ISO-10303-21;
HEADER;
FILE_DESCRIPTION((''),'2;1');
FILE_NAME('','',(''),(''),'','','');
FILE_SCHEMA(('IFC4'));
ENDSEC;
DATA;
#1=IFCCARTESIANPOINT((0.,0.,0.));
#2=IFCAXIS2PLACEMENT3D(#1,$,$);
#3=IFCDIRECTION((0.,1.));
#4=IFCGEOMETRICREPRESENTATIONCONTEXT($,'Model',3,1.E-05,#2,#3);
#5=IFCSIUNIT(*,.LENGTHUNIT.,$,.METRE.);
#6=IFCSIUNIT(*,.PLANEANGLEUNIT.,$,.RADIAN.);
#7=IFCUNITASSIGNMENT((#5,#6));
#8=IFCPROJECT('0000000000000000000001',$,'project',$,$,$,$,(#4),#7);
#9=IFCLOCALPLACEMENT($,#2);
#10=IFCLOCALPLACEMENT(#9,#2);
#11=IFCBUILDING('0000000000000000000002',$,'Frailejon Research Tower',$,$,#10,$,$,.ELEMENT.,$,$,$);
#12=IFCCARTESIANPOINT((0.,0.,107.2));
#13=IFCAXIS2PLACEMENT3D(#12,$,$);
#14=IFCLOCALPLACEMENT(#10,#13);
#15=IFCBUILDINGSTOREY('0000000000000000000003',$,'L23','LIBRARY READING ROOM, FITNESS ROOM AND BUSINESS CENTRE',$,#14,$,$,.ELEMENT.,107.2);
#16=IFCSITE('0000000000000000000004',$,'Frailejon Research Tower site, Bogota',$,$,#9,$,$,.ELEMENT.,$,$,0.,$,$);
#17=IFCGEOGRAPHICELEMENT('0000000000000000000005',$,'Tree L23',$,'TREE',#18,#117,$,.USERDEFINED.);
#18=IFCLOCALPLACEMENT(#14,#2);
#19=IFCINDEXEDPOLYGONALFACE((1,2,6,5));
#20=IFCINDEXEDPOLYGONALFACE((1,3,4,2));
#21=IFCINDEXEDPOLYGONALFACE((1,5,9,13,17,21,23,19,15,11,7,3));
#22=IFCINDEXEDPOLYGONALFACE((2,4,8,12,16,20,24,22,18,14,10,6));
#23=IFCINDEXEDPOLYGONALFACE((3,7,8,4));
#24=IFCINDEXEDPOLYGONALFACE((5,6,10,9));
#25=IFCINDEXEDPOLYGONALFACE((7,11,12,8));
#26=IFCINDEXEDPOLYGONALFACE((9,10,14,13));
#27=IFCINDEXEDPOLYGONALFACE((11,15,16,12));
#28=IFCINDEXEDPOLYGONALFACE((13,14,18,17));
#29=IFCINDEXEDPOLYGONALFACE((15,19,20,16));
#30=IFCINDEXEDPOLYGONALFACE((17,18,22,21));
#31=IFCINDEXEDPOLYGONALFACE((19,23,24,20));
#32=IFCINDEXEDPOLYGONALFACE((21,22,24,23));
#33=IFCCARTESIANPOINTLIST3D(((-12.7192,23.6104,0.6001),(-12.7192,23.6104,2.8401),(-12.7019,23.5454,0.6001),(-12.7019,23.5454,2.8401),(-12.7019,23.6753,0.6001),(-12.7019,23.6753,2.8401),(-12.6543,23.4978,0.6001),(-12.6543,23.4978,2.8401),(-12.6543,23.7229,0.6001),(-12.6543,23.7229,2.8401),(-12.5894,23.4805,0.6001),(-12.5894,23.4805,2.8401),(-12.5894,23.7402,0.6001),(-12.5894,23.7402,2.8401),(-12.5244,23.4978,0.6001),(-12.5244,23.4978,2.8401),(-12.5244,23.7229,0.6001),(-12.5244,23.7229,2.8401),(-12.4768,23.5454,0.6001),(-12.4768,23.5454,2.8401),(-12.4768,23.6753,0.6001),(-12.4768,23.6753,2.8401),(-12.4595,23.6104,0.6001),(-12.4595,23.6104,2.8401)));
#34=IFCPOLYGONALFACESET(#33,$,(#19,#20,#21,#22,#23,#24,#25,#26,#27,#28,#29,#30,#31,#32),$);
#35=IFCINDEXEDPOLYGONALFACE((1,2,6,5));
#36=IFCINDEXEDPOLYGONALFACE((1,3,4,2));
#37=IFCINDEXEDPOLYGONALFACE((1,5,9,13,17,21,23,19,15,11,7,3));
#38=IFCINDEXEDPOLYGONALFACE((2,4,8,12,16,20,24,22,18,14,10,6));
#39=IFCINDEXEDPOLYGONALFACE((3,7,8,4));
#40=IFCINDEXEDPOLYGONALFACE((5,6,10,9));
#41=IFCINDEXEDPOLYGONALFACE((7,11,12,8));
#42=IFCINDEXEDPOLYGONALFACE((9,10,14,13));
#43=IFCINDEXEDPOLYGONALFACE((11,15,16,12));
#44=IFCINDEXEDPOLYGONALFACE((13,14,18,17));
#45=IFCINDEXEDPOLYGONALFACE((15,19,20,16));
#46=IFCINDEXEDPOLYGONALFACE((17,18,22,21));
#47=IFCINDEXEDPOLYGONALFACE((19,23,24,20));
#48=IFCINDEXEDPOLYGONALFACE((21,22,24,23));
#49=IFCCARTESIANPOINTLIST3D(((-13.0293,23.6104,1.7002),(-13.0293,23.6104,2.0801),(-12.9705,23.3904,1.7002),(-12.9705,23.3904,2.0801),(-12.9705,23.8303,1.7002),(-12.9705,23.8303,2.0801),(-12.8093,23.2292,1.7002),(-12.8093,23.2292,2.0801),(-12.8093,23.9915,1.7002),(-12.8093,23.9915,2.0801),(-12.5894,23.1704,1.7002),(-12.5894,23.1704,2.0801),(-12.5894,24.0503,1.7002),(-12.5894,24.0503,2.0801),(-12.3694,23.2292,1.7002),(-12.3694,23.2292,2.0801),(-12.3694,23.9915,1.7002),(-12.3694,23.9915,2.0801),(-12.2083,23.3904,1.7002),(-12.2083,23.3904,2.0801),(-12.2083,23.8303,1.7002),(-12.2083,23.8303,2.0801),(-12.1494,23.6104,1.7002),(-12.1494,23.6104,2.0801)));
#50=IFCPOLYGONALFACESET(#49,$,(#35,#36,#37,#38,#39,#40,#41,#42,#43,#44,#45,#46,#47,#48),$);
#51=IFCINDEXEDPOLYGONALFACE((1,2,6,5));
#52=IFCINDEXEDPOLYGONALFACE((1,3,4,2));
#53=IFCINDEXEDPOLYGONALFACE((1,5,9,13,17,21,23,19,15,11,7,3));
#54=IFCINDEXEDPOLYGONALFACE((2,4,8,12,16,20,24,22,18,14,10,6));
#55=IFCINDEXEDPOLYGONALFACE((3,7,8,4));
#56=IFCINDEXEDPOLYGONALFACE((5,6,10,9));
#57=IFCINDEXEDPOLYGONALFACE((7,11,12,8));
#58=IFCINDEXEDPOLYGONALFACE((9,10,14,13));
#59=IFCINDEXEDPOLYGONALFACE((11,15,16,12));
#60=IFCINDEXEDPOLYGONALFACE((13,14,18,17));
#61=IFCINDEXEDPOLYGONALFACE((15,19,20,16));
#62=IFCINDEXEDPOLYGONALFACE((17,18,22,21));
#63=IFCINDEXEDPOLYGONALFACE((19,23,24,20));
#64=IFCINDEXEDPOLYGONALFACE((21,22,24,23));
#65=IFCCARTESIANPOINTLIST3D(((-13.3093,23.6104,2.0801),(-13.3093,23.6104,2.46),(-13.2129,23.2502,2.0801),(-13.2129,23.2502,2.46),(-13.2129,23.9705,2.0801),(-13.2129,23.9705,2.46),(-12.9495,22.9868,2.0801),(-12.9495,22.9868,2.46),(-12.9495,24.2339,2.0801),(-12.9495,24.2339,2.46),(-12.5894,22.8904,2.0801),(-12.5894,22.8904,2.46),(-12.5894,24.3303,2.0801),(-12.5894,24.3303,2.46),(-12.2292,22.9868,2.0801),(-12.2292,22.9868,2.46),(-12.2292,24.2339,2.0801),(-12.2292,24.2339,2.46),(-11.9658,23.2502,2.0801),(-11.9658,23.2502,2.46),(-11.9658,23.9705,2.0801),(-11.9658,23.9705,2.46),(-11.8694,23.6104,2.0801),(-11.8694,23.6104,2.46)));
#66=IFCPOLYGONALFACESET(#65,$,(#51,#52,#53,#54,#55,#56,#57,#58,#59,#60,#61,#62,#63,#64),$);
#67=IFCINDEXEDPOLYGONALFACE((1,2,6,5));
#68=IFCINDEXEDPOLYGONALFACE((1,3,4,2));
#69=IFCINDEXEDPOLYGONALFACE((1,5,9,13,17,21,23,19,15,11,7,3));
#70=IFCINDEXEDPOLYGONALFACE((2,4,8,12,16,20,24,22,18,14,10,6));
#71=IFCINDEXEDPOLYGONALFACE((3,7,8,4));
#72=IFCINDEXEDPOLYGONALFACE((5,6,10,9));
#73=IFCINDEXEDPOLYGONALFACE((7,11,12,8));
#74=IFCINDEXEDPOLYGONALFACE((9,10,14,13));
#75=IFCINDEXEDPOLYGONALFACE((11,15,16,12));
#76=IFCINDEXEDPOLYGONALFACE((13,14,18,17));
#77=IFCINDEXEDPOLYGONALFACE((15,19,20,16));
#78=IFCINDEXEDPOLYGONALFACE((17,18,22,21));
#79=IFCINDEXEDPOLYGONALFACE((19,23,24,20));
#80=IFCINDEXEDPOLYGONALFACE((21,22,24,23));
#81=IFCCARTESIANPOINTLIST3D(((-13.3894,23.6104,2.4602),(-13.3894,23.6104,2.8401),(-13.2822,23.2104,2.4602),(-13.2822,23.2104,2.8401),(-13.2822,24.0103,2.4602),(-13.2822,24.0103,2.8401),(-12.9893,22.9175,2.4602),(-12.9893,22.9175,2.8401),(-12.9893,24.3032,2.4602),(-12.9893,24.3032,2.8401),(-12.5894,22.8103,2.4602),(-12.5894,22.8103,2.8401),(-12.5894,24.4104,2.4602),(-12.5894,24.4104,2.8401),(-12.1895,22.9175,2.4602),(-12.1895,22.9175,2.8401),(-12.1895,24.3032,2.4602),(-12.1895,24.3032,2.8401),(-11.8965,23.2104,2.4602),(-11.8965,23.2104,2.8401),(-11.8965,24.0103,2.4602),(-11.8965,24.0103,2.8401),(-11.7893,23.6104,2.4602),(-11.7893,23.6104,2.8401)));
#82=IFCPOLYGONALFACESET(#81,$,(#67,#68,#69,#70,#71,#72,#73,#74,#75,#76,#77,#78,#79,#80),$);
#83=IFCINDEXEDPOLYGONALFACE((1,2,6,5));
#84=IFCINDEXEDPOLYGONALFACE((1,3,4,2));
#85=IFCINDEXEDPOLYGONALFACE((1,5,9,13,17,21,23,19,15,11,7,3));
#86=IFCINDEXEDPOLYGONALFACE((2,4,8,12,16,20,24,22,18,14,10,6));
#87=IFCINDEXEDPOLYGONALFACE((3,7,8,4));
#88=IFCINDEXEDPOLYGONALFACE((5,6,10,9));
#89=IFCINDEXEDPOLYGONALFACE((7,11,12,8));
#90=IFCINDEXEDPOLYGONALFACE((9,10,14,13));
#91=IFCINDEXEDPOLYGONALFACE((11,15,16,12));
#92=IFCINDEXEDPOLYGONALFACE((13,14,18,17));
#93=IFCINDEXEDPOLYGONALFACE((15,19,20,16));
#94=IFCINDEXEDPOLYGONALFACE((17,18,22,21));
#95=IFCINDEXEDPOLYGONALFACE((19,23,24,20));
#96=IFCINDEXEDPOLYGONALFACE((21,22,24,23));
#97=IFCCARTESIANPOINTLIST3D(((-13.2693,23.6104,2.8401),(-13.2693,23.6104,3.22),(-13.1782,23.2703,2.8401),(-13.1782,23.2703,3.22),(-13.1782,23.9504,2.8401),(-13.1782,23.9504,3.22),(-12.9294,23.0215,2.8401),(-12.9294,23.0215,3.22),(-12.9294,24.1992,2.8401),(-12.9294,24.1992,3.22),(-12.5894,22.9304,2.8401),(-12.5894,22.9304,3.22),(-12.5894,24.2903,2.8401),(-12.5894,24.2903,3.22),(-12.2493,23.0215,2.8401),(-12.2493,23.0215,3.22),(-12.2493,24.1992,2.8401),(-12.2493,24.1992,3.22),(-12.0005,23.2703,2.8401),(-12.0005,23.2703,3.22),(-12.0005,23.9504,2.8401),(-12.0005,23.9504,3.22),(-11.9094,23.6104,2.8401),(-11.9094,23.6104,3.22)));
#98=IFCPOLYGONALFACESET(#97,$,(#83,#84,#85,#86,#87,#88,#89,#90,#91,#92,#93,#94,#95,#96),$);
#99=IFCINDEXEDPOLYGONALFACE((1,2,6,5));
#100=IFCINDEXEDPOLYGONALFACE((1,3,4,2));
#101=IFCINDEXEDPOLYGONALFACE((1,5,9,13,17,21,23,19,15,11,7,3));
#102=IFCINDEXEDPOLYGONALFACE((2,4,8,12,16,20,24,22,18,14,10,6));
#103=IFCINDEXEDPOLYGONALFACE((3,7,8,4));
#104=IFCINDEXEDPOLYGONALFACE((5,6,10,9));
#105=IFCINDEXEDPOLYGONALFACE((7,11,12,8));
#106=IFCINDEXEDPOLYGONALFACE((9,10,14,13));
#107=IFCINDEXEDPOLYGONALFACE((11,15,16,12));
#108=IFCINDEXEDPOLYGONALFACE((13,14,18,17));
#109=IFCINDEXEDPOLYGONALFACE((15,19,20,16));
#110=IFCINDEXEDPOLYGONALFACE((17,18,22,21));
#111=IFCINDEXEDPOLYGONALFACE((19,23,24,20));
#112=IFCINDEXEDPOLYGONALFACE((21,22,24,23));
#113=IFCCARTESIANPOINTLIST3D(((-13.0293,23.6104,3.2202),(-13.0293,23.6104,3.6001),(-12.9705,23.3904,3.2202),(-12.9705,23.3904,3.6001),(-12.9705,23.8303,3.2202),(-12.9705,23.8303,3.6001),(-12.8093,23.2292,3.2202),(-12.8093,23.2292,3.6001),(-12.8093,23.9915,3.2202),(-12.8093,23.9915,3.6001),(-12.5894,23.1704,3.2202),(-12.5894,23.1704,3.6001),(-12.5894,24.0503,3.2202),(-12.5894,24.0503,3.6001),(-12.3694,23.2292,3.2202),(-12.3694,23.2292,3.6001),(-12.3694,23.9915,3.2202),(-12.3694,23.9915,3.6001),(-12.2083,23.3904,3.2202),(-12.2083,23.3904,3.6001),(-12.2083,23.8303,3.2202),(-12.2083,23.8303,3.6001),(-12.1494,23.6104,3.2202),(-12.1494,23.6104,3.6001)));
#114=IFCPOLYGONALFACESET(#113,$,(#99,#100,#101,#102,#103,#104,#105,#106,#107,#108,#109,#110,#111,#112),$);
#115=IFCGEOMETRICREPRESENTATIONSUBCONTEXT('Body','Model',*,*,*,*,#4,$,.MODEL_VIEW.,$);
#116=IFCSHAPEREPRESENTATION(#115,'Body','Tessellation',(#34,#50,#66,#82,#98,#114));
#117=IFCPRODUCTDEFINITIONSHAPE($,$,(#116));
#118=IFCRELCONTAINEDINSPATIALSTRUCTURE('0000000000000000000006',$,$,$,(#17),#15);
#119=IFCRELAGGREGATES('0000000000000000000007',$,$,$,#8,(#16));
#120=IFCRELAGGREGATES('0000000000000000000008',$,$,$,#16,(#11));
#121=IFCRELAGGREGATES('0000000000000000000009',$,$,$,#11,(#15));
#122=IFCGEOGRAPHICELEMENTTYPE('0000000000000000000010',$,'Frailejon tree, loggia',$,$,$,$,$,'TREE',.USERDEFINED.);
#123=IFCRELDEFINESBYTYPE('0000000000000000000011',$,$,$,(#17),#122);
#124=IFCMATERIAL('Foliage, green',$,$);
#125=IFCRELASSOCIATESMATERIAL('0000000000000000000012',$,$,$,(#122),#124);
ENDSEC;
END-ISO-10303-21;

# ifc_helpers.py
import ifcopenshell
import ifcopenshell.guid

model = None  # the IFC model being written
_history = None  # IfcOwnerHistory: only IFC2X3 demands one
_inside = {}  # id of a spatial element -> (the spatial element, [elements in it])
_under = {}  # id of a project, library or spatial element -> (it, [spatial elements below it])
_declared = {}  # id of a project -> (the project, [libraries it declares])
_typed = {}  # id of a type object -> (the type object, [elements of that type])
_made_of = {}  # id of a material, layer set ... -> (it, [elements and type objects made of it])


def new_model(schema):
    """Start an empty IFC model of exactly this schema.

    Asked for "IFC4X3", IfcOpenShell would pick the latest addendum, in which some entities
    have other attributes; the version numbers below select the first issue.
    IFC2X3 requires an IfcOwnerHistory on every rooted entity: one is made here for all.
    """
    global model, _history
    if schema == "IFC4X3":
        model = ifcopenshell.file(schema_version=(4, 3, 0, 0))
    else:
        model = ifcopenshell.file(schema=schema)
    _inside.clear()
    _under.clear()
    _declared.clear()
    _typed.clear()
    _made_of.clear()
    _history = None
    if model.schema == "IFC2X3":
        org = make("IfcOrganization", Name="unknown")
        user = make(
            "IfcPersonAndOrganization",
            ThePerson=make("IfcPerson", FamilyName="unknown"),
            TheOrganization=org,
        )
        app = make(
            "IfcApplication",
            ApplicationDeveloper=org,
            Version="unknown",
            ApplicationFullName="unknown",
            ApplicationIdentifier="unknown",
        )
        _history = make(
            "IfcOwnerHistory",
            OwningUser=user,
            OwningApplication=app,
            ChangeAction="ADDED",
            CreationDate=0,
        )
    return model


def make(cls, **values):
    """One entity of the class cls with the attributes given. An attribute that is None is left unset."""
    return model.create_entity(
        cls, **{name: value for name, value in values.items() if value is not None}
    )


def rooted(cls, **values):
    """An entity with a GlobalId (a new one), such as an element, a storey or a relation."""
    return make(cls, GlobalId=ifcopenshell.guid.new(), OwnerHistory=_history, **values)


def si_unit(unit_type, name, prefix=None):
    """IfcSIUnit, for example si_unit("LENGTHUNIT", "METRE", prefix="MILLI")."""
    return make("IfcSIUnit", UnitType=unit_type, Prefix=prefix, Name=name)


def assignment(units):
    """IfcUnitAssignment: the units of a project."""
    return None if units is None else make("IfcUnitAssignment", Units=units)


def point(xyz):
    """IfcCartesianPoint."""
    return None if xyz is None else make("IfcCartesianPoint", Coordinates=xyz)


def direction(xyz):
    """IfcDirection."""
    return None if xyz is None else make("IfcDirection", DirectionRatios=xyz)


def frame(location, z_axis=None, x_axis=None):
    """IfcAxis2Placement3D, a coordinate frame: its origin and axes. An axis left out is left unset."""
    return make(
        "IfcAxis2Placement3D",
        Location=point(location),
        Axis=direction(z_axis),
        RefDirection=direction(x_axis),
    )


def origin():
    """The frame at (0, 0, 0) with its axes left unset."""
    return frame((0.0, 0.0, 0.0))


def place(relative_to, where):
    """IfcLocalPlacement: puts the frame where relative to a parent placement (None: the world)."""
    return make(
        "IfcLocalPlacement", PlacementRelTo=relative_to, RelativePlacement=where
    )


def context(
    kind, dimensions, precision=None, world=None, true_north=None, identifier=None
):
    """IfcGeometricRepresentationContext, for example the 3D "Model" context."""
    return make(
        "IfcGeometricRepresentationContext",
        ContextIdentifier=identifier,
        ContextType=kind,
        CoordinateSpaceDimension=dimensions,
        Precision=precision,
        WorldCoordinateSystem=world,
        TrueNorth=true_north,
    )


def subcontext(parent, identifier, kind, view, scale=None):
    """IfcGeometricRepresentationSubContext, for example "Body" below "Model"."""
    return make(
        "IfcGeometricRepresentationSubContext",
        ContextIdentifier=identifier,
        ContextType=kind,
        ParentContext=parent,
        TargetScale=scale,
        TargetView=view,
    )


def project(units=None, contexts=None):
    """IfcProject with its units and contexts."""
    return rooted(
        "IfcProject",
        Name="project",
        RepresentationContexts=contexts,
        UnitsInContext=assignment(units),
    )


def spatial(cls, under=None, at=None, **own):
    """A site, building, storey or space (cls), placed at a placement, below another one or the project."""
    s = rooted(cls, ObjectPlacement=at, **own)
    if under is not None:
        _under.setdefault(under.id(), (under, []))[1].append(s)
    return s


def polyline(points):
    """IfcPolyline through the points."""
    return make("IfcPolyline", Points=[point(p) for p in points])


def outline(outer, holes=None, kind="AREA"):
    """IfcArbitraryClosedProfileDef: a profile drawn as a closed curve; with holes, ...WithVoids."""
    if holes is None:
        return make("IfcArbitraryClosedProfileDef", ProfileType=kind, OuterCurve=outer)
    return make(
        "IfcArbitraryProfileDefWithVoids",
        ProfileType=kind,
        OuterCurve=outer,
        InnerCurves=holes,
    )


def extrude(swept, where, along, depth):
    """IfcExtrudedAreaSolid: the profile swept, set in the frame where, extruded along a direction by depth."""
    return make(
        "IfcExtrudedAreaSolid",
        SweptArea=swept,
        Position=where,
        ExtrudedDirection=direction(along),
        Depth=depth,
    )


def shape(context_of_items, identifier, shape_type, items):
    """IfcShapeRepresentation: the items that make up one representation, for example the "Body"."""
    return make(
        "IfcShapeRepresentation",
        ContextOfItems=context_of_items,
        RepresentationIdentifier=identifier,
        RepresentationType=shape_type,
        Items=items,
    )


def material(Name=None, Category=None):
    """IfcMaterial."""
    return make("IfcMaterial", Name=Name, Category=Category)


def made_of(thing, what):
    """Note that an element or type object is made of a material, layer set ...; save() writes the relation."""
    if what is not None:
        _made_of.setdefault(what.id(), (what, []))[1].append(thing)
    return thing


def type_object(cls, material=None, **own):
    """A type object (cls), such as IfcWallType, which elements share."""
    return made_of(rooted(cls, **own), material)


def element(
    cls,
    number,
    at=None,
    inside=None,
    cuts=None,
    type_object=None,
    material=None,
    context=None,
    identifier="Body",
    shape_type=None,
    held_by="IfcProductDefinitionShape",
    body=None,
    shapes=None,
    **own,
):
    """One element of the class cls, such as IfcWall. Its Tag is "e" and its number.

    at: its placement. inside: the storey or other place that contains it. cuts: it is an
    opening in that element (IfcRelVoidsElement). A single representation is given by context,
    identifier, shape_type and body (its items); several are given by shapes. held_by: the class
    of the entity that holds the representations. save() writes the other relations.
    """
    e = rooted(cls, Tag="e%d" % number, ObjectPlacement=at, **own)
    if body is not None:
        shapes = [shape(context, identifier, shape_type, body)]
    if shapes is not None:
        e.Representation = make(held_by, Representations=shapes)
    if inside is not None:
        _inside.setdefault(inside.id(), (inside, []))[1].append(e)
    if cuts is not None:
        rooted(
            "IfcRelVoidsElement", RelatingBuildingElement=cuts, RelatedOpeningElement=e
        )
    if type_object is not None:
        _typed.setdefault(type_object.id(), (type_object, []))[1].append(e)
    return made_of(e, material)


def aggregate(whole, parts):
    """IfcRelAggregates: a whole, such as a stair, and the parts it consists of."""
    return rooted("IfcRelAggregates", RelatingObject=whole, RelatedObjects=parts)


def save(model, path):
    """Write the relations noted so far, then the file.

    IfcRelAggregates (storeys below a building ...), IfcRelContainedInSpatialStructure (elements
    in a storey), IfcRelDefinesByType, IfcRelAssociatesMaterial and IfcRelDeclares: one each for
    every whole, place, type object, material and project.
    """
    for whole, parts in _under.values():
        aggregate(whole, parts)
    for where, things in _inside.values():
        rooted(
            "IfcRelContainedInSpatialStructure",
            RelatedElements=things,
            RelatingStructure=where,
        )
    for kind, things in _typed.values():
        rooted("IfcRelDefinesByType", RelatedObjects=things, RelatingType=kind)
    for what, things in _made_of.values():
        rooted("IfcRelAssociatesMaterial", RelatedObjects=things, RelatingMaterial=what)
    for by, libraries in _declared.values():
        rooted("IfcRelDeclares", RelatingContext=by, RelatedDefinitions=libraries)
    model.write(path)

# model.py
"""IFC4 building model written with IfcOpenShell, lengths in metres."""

from ifc_helpers import new_model, si_unit, direction, frame, origin, place, context, subcontext, project, spatial, polyline, outline, extrude, material, type_object, element, save


model = new_model("IFC4")

# Units and contexts
model_context = context("Model", 3, precision=1e-05, world=origin(), true_north=direction((0.0, 1.0)))
body_context = subcontext(model_context, "Body", "Model", "MODEL_VIEW")
ifc_project = project(units=[si_unit("LENGTHUNIT", "METRE"), si_unit("PLANEANGLEUNIT", "RADIAN")], contexts=[model_context])

# Site, building, storey
site_placement = place(None, origin())
site = spatial("IfcSite", under=ifc_project, at=site_placement, Name="Frailejon Research Tower site, Bogota", CompositionType="ELEMENT", RefElevation=0.0)
building_placement = place(site_placement, origin())
building = spatial("IfcBuilding", under=site, at=building_placement, Name="Frailejon Research Tower", CompositionType="ELEMENT")
storey_placement = place(building_placement, frame((0.0, 0.0, 107.2)))
storey = spatial("IfcBuildingStorey", under=building, at=storey_placement, Name="L23", Description="LIBRARY READING ROOM, FITNESS ROOM AND BUSINESS CENTRE", CompositionType="ELEMENT", Elevation=107.2)

# Geographic element
ifc_material_1 = material(Name="Foliage, green")
geographic_element_type = type_object("IfcGeographicElementType", Name="Frailejon tree, loggia", ElementType="TREE", PredefinedType="USERDEFINED", material=ifc_material_1)
geographic_element_placement = place(storey_placement, frame((-12.5894, 23.6104, 0.6001)))
element("IfcGeographicElement", 1, at=geographic_element_placement, inside=storey, type_object=geographic_element_type, Name="Tree L23", ObjectType="TREE", PredefinedType="USERDEFINED", context=body_context, shape_type="SweptSolid", body=[
    extrude(outline(polyline([(0.1299, 0.0), (0.1125, 0.0649), (0.0649, 0.1125), (0.0, 0.1299), (-0.0649, 0.1125), (-0.1125, 0.0649), (-0.1299, 0.0), (-0.1125, -0.0649), (-0.0649, -0.1125), (0.0, -0.1299), (0.0649, -0.1125), (0.1125, -0.0649), (0.1299, 0.0)])), origin(), (0.0, 0.0, 1.0), 2.24),
    extrude(outline(polyline([(0.4399, 0.0), (0.3811, 0.22), (0.22, 0.3811), (0.0, 0.4399), (-0.22, 0.3811), (-0.3811, 0.22), (-0.4399, 0.0), (-0.3811, -0.22), (-0.22, -0.3811), (0.0, -0.4399), (0.22, -0.3811), (0.3811, -0.22), (0.4399, 0.0)])), frame((0.0, 0.0, 1.1001)), (0.0, 0.0, 1.0), 0.3799),
    extrude(outline(polyline([(0.72, 0.0), (0.6235, 0.3601), (0.3601, 0.6235), (0.0, 0.72), (-0.3601, 0.6235), (-0.6235, 0.3601), (-0.72, 0.0), (-0.6235, -0.3601), (-0.3601, -0.6235), (0.0, -0.72), (0.3601, -0.6235), (0.6235, -0.3601), (0.72, 0.0)])), frame((0.0, 0.0, 1.48)), (0.0, 0.0, 1.0), 0.3799),
    extrude(outline(polyline([(0.8, 0.0), (0.6929, 0.3999), (0.3999, 0.6929), (0.0, 0.8), (-0.3999, 0.6929), (-0.6929, 0.3999), (-0.8, 0.0), (-0.6929, -0.3999), (-0.3999, -0.6929), (0.0, -0.8), (0.3999, -0.6929), (0.6929, -0.3999), (0.8, 0.0)])), frame((0.0, 0.0, 1.8601)), (0.0, 0.0, 1.0), 0.3799),
    extrude(outline(polyline([(0.6799, 0.0), (0.5889, 0.3401), (0.3401, 0.5889), (0.0, 0.6799), (-0.3401, 0.5889), (-0.5889, 0.3401), (-0.6799, 0.0), (-0.5889, -0.3401), (-0.3401, -0.5889), (0.0, -0.6799), (0.3401, -0.5889), (0.5889, -0.3401), (0.6799, 0.0)])), frame((0.0, 0.0, 2.24)), (0.0, 0.0, 1.0), 0.3799),
    extrude(outline(polyline([(0.4399, 0.0), (0.3811, 0.22), (0.22, 0.3811), (0.0, 0.4399), (-0.22, 0.3811), (-0.3811, 0.22), (-0.4399, 0.0), (-0.3811, -0.22), (-0.22, -0.3811), (0.0, -0.4399), (0.22, -0.3811), (0.3811, -0.22), (0.4399, 0.0)])), frame((0.0, 0.0, 2.6201)), (0.0, 0.0, 1.0), 0.3799),
])

save(model, "model.ifc")
